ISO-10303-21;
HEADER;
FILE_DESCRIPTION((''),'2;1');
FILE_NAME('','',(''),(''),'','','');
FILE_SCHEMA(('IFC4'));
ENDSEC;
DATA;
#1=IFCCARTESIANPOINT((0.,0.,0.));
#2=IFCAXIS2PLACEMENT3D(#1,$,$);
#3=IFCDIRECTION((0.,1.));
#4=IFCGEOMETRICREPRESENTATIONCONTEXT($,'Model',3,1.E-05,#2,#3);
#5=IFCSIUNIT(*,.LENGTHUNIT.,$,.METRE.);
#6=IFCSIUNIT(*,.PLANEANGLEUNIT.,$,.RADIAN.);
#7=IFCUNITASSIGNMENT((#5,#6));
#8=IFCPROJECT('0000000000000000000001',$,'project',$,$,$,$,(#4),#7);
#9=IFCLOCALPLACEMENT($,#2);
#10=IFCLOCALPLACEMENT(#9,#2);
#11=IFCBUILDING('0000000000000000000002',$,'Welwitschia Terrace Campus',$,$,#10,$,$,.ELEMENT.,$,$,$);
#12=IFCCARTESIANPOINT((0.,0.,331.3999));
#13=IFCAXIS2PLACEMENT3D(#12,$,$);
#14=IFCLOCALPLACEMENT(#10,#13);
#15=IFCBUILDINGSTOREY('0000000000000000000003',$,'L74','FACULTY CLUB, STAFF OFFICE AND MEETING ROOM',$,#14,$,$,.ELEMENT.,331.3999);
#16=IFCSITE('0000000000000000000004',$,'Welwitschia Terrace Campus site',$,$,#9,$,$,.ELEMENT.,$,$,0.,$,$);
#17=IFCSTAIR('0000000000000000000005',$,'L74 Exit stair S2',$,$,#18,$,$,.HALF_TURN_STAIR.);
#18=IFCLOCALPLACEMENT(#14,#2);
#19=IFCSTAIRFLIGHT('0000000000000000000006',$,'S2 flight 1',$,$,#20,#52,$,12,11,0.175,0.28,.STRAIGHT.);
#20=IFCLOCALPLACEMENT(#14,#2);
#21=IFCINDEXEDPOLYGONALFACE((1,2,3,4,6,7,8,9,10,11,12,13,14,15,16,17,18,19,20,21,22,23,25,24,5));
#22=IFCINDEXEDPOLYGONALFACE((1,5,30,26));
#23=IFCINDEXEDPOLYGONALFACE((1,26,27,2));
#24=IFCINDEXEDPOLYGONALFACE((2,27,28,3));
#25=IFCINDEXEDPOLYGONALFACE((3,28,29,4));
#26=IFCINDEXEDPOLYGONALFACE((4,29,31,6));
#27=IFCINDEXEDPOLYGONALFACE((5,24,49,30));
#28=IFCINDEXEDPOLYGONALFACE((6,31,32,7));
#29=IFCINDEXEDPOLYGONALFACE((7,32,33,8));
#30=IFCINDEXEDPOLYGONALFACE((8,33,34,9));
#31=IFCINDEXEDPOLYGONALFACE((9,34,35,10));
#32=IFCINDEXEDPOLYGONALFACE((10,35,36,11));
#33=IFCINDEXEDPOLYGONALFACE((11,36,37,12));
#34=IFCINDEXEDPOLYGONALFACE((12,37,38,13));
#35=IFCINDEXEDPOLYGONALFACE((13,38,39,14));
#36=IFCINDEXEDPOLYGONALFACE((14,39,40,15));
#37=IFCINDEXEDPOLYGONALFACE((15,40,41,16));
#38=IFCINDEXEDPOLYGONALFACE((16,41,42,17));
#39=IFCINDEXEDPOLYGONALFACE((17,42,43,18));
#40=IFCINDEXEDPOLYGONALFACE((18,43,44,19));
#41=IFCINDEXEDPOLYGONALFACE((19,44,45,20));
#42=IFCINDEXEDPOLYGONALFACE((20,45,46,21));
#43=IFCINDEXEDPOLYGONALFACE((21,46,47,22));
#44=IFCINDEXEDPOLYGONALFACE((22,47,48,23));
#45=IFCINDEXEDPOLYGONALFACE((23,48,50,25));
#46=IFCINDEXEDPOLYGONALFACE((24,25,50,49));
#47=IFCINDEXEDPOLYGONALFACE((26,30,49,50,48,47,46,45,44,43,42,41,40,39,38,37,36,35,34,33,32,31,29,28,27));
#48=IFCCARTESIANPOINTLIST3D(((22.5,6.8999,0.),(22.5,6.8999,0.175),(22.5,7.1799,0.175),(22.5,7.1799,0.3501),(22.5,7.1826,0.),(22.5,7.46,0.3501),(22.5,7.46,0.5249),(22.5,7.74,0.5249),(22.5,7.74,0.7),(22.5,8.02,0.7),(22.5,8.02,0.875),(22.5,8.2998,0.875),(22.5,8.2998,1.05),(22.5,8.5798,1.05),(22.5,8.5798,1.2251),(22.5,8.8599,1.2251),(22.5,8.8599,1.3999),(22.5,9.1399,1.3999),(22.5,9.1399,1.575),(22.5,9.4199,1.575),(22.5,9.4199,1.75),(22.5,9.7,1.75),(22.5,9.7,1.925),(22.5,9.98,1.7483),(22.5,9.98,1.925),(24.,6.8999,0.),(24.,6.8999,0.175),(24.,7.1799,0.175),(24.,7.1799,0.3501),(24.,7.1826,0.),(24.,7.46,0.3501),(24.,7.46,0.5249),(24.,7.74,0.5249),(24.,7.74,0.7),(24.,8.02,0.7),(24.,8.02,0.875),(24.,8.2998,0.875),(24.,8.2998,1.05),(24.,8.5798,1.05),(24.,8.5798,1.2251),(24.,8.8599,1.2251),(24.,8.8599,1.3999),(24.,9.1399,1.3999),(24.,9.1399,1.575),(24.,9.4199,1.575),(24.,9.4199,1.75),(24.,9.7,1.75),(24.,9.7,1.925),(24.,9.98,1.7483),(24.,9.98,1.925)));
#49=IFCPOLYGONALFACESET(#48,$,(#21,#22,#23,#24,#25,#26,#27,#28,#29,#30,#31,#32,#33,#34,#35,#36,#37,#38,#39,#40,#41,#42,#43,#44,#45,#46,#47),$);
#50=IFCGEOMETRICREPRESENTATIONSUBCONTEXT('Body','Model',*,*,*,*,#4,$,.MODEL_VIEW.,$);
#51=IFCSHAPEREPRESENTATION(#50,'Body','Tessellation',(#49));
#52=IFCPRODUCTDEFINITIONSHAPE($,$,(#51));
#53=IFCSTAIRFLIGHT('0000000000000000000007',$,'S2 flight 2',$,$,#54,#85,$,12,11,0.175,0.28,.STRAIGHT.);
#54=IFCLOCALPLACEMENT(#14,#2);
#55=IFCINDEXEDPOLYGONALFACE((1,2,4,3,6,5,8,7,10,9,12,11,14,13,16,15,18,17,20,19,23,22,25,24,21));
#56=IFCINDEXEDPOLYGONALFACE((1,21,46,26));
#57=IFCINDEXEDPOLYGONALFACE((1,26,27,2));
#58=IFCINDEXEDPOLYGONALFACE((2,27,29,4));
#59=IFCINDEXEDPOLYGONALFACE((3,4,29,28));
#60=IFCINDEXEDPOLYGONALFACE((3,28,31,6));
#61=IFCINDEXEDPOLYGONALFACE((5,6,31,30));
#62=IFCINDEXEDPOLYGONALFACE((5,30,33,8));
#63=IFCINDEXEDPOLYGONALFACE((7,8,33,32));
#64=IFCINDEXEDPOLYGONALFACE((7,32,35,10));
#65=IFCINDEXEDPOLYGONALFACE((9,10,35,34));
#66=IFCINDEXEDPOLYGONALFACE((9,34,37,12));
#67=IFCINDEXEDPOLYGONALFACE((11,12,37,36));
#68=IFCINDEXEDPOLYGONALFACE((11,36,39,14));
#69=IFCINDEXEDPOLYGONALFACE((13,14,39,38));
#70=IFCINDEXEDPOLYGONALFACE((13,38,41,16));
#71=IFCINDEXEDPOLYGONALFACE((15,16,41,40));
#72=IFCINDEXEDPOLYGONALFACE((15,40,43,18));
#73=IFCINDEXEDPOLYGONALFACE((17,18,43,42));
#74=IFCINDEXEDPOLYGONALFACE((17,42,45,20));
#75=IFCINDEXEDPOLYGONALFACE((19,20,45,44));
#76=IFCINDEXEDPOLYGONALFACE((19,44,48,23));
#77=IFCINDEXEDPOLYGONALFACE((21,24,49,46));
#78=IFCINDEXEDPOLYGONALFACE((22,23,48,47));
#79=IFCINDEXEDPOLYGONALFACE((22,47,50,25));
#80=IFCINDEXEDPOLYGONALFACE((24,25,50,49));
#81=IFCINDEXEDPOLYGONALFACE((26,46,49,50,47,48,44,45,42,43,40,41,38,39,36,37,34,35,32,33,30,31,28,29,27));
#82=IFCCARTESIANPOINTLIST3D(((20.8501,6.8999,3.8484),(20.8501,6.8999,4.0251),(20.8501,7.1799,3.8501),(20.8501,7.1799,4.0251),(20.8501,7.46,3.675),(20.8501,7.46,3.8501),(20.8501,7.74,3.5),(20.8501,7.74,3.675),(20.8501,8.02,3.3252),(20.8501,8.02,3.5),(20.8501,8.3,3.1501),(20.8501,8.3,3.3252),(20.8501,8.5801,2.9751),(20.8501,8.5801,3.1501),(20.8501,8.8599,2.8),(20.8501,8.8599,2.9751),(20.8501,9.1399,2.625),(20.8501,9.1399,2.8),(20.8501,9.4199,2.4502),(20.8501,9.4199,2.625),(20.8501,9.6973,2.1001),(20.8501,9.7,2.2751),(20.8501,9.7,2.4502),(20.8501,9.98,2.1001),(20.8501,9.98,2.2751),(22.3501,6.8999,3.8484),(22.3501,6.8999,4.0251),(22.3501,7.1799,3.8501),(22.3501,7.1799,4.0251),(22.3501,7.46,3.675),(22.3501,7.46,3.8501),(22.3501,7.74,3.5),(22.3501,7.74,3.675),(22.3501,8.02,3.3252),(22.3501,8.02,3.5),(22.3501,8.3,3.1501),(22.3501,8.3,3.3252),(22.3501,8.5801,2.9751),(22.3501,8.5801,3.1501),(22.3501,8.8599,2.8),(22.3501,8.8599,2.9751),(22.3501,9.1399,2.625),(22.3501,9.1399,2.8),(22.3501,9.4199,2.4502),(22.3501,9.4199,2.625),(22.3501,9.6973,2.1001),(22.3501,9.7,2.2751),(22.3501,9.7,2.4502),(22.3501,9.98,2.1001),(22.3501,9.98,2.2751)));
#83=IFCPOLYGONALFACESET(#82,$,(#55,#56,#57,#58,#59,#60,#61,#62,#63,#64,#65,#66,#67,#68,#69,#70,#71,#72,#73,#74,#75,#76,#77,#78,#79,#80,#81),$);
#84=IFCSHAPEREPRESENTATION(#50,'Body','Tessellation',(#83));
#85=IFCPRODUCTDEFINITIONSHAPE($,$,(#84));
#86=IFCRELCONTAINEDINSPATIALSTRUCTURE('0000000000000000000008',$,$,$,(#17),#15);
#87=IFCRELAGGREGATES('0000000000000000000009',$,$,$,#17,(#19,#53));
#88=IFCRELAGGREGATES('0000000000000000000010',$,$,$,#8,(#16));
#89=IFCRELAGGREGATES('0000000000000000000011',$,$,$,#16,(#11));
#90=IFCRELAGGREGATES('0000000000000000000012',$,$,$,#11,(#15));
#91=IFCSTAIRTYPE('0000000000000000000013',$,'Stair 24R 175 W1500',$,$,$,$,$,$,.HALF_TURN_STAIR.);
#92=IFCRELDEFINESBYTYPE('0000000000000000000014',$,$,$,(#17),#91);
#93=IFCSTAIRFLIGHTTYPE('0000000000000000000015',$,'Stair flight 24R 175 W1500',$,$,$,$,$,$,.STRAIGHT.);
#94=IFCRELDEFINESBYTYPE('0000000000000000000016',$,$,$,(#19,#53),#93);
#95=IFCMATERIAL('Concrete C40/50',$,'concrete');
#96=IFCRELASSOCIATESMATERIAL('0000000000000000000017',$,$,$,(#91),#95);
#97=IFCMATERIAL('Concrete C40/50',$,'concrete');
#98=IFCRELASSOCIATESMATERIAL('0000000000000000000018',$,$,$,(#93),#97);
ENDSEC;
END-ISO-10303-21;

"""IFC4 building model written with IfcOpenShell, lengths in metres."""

from ifc_helpers import new_model, si_unit, direction, frame, origin, place, context, subcontext, project, spatial, polyline, outline, extrude, material, type_object, element, aggregate, save


model = new_model("IFC4")

# Units and contexts
model_context = context("Model", 3, precision=1e-05, world=origin(), true_north=direction((0.0, 1.0)))
body_context = subcontext(model_context, "Body", "Model", "MODEL_VIEW")
ifc_project = project(units=[si_unit("LENGTHUNIT", "METRE"), si_unit("PLANEANGLEUNIT", "RADIAN")], contexts=[model_context])

# Site, building, storey
site_placement = place(None, origin())
site = spatial("IfcSite", under=ifc_project, at=site_placement, Name="Welwitschia Terrace Campus site", CompositionType="ELEMENT", RefElevation=0.0)
building_placement = place(site_placement, origin())
building = spatial("IfcBuilding", under=site, at=building_placement, Name="Welwitschia Terrace Campus", CompositionType="ELEMENT")
storey_placement = place(building_placement, frame((0.0, 0.0, 331.3999)))
storey = spatial("IfcBuildingStorey", under=building, at=storey_placement, Name="L74", Description="FACULTY CLUB, STAFF OFFICE AND MEETING ROOM", CompositionType="ELEMENT", Elevation=331.3999)

# Stair, stair flights
ifc_material_1 = material(Name="Concrete C40/50", Category="concrete")
stair_type = type_object("IfcStairType", Name="Stair 24R 175 W1500", PredefinedType="HALF_TURN_STAIR", material=ifc_material_1)
stair_placement = place(storey_placement, origin())
stair = element("IfcStair", 1, at=stair_placement, inside=storey, type_object=stair_type, Name="L74 Exit stair S2", PredefinedType="HALF_TURN_STAIR")
ifc_material_2 = material(Name="Concrete C40/50", Category="concrete")
stair_flight_type = type_object("IfcStairFlightType", Name="Stair flight 24R 175 W1500", PredefinedType="STRAIGHT", material=ifc_material_2)
stair_flight_1_placement = place(storey_placement, frame((23.25, 6.8999, 0.0), z_axis=(0.0, 0.0, 1.0), x_axis=(0.0, 1.0, 0.0)))
stair_flight_1 = element("IfcStairFlight", 2, at=stair_flight_1_placement, type_object=stair_flight_type, Name="S2 flight 1", NumberOfRisers=12, NumberOfTreads=11, PredefinedType="STRAIGHT", RiserHeight=0.175, TreadLength=0.28, context=body_context, shape_type="SweptSolid", body=[
    extrude(outline(polyline([(0.0, 0.0), (0.0, 0.175), (0.28, 0.175), (0.28, 0.3501), (0.5601, 0.3501), (0.5601, 0.5249), (0.8401, 0.5249), (0.8401, 0.7), (1.1201, 0.7), (1.1201, 0.875), (1.3999, 0.875), (1.3999, 1.05), (1.6799, 1.05), (1.6799, 1.2251), (1.96, 1.2251), (1.96, 1.3999), (2.24, 1.3999), (2.24, 1.575), (2.52, 1.575), (2.52, 1.75), (2.8, 1.75), (2.8, 1.925), (3.0801, 1.925), (3.0801, 2.1001), (3.0801, 1.7483), (0.2827, 0.0), (0.0, 0.0)])), frame((0.0, 0.75, 0.0), z_axis=(0.0, -1.0, 0.0), x_axis=(1.0, 0.0, 0.0)), (0.0, 0.0, 1.0), 1.5),
])
stair_flight_2_placement = place(storey_placement, frame((21.6001, 9.98, 2.1001), z_axis=(0.0, 0.0, 1.0), x_axis=(0.0, -1.0, 0.0)))
stair_flight_2 = element("IfcStairFlight", 3, at=stair_flight_2_placement, type_object=stair_flight_type, Name="S2 flight 2", NumberOfRisers=12, NumberOfTreads=11, PredefinedType="STRAIGHT", RiserHeight=0.175, TreadLength=0.28, context=body_context, shape_type="SweptSolid", body=[
    extrude(outline(polyline([(0.0, 0.0), (0.0, 0.175), (0.28, 0.175), (0.28, 0.3501), (0.5601, 0.3501), (0.5601, 0.5249), (0.8401, 0.5249), (0.8401, 0.7), (1.1201, 0.7), (1.1201, 0.875), (1.3999, 0.875), (1.3999, 1.05), (1.6799, 1.05), (1.6799, 1.2251), (1.96, 1.2251), (1.96, 1.3999), (2.24, 1.3999), (2.24, 1.575), (2.52, 1.575), (2.52, 1.75), (2.8, 1.75), (2.8, 1.925), (3.0801, 1.925), (3.0801, 2.1001), (3.0801, 1.7483), (0.2827, 0.0), (0.0, 0.0)])), frame((0.0, 0.75, 0.0), z_axis=(0.0, -1.0, 0.0), x_axis=(1.0, 0.0, 0.0)), (0.0, 0.0, 1.0), 1.5),
])
aggregate(stair, [stair_flight_1, stair_flight_2])

save(model, "model.ifc")
